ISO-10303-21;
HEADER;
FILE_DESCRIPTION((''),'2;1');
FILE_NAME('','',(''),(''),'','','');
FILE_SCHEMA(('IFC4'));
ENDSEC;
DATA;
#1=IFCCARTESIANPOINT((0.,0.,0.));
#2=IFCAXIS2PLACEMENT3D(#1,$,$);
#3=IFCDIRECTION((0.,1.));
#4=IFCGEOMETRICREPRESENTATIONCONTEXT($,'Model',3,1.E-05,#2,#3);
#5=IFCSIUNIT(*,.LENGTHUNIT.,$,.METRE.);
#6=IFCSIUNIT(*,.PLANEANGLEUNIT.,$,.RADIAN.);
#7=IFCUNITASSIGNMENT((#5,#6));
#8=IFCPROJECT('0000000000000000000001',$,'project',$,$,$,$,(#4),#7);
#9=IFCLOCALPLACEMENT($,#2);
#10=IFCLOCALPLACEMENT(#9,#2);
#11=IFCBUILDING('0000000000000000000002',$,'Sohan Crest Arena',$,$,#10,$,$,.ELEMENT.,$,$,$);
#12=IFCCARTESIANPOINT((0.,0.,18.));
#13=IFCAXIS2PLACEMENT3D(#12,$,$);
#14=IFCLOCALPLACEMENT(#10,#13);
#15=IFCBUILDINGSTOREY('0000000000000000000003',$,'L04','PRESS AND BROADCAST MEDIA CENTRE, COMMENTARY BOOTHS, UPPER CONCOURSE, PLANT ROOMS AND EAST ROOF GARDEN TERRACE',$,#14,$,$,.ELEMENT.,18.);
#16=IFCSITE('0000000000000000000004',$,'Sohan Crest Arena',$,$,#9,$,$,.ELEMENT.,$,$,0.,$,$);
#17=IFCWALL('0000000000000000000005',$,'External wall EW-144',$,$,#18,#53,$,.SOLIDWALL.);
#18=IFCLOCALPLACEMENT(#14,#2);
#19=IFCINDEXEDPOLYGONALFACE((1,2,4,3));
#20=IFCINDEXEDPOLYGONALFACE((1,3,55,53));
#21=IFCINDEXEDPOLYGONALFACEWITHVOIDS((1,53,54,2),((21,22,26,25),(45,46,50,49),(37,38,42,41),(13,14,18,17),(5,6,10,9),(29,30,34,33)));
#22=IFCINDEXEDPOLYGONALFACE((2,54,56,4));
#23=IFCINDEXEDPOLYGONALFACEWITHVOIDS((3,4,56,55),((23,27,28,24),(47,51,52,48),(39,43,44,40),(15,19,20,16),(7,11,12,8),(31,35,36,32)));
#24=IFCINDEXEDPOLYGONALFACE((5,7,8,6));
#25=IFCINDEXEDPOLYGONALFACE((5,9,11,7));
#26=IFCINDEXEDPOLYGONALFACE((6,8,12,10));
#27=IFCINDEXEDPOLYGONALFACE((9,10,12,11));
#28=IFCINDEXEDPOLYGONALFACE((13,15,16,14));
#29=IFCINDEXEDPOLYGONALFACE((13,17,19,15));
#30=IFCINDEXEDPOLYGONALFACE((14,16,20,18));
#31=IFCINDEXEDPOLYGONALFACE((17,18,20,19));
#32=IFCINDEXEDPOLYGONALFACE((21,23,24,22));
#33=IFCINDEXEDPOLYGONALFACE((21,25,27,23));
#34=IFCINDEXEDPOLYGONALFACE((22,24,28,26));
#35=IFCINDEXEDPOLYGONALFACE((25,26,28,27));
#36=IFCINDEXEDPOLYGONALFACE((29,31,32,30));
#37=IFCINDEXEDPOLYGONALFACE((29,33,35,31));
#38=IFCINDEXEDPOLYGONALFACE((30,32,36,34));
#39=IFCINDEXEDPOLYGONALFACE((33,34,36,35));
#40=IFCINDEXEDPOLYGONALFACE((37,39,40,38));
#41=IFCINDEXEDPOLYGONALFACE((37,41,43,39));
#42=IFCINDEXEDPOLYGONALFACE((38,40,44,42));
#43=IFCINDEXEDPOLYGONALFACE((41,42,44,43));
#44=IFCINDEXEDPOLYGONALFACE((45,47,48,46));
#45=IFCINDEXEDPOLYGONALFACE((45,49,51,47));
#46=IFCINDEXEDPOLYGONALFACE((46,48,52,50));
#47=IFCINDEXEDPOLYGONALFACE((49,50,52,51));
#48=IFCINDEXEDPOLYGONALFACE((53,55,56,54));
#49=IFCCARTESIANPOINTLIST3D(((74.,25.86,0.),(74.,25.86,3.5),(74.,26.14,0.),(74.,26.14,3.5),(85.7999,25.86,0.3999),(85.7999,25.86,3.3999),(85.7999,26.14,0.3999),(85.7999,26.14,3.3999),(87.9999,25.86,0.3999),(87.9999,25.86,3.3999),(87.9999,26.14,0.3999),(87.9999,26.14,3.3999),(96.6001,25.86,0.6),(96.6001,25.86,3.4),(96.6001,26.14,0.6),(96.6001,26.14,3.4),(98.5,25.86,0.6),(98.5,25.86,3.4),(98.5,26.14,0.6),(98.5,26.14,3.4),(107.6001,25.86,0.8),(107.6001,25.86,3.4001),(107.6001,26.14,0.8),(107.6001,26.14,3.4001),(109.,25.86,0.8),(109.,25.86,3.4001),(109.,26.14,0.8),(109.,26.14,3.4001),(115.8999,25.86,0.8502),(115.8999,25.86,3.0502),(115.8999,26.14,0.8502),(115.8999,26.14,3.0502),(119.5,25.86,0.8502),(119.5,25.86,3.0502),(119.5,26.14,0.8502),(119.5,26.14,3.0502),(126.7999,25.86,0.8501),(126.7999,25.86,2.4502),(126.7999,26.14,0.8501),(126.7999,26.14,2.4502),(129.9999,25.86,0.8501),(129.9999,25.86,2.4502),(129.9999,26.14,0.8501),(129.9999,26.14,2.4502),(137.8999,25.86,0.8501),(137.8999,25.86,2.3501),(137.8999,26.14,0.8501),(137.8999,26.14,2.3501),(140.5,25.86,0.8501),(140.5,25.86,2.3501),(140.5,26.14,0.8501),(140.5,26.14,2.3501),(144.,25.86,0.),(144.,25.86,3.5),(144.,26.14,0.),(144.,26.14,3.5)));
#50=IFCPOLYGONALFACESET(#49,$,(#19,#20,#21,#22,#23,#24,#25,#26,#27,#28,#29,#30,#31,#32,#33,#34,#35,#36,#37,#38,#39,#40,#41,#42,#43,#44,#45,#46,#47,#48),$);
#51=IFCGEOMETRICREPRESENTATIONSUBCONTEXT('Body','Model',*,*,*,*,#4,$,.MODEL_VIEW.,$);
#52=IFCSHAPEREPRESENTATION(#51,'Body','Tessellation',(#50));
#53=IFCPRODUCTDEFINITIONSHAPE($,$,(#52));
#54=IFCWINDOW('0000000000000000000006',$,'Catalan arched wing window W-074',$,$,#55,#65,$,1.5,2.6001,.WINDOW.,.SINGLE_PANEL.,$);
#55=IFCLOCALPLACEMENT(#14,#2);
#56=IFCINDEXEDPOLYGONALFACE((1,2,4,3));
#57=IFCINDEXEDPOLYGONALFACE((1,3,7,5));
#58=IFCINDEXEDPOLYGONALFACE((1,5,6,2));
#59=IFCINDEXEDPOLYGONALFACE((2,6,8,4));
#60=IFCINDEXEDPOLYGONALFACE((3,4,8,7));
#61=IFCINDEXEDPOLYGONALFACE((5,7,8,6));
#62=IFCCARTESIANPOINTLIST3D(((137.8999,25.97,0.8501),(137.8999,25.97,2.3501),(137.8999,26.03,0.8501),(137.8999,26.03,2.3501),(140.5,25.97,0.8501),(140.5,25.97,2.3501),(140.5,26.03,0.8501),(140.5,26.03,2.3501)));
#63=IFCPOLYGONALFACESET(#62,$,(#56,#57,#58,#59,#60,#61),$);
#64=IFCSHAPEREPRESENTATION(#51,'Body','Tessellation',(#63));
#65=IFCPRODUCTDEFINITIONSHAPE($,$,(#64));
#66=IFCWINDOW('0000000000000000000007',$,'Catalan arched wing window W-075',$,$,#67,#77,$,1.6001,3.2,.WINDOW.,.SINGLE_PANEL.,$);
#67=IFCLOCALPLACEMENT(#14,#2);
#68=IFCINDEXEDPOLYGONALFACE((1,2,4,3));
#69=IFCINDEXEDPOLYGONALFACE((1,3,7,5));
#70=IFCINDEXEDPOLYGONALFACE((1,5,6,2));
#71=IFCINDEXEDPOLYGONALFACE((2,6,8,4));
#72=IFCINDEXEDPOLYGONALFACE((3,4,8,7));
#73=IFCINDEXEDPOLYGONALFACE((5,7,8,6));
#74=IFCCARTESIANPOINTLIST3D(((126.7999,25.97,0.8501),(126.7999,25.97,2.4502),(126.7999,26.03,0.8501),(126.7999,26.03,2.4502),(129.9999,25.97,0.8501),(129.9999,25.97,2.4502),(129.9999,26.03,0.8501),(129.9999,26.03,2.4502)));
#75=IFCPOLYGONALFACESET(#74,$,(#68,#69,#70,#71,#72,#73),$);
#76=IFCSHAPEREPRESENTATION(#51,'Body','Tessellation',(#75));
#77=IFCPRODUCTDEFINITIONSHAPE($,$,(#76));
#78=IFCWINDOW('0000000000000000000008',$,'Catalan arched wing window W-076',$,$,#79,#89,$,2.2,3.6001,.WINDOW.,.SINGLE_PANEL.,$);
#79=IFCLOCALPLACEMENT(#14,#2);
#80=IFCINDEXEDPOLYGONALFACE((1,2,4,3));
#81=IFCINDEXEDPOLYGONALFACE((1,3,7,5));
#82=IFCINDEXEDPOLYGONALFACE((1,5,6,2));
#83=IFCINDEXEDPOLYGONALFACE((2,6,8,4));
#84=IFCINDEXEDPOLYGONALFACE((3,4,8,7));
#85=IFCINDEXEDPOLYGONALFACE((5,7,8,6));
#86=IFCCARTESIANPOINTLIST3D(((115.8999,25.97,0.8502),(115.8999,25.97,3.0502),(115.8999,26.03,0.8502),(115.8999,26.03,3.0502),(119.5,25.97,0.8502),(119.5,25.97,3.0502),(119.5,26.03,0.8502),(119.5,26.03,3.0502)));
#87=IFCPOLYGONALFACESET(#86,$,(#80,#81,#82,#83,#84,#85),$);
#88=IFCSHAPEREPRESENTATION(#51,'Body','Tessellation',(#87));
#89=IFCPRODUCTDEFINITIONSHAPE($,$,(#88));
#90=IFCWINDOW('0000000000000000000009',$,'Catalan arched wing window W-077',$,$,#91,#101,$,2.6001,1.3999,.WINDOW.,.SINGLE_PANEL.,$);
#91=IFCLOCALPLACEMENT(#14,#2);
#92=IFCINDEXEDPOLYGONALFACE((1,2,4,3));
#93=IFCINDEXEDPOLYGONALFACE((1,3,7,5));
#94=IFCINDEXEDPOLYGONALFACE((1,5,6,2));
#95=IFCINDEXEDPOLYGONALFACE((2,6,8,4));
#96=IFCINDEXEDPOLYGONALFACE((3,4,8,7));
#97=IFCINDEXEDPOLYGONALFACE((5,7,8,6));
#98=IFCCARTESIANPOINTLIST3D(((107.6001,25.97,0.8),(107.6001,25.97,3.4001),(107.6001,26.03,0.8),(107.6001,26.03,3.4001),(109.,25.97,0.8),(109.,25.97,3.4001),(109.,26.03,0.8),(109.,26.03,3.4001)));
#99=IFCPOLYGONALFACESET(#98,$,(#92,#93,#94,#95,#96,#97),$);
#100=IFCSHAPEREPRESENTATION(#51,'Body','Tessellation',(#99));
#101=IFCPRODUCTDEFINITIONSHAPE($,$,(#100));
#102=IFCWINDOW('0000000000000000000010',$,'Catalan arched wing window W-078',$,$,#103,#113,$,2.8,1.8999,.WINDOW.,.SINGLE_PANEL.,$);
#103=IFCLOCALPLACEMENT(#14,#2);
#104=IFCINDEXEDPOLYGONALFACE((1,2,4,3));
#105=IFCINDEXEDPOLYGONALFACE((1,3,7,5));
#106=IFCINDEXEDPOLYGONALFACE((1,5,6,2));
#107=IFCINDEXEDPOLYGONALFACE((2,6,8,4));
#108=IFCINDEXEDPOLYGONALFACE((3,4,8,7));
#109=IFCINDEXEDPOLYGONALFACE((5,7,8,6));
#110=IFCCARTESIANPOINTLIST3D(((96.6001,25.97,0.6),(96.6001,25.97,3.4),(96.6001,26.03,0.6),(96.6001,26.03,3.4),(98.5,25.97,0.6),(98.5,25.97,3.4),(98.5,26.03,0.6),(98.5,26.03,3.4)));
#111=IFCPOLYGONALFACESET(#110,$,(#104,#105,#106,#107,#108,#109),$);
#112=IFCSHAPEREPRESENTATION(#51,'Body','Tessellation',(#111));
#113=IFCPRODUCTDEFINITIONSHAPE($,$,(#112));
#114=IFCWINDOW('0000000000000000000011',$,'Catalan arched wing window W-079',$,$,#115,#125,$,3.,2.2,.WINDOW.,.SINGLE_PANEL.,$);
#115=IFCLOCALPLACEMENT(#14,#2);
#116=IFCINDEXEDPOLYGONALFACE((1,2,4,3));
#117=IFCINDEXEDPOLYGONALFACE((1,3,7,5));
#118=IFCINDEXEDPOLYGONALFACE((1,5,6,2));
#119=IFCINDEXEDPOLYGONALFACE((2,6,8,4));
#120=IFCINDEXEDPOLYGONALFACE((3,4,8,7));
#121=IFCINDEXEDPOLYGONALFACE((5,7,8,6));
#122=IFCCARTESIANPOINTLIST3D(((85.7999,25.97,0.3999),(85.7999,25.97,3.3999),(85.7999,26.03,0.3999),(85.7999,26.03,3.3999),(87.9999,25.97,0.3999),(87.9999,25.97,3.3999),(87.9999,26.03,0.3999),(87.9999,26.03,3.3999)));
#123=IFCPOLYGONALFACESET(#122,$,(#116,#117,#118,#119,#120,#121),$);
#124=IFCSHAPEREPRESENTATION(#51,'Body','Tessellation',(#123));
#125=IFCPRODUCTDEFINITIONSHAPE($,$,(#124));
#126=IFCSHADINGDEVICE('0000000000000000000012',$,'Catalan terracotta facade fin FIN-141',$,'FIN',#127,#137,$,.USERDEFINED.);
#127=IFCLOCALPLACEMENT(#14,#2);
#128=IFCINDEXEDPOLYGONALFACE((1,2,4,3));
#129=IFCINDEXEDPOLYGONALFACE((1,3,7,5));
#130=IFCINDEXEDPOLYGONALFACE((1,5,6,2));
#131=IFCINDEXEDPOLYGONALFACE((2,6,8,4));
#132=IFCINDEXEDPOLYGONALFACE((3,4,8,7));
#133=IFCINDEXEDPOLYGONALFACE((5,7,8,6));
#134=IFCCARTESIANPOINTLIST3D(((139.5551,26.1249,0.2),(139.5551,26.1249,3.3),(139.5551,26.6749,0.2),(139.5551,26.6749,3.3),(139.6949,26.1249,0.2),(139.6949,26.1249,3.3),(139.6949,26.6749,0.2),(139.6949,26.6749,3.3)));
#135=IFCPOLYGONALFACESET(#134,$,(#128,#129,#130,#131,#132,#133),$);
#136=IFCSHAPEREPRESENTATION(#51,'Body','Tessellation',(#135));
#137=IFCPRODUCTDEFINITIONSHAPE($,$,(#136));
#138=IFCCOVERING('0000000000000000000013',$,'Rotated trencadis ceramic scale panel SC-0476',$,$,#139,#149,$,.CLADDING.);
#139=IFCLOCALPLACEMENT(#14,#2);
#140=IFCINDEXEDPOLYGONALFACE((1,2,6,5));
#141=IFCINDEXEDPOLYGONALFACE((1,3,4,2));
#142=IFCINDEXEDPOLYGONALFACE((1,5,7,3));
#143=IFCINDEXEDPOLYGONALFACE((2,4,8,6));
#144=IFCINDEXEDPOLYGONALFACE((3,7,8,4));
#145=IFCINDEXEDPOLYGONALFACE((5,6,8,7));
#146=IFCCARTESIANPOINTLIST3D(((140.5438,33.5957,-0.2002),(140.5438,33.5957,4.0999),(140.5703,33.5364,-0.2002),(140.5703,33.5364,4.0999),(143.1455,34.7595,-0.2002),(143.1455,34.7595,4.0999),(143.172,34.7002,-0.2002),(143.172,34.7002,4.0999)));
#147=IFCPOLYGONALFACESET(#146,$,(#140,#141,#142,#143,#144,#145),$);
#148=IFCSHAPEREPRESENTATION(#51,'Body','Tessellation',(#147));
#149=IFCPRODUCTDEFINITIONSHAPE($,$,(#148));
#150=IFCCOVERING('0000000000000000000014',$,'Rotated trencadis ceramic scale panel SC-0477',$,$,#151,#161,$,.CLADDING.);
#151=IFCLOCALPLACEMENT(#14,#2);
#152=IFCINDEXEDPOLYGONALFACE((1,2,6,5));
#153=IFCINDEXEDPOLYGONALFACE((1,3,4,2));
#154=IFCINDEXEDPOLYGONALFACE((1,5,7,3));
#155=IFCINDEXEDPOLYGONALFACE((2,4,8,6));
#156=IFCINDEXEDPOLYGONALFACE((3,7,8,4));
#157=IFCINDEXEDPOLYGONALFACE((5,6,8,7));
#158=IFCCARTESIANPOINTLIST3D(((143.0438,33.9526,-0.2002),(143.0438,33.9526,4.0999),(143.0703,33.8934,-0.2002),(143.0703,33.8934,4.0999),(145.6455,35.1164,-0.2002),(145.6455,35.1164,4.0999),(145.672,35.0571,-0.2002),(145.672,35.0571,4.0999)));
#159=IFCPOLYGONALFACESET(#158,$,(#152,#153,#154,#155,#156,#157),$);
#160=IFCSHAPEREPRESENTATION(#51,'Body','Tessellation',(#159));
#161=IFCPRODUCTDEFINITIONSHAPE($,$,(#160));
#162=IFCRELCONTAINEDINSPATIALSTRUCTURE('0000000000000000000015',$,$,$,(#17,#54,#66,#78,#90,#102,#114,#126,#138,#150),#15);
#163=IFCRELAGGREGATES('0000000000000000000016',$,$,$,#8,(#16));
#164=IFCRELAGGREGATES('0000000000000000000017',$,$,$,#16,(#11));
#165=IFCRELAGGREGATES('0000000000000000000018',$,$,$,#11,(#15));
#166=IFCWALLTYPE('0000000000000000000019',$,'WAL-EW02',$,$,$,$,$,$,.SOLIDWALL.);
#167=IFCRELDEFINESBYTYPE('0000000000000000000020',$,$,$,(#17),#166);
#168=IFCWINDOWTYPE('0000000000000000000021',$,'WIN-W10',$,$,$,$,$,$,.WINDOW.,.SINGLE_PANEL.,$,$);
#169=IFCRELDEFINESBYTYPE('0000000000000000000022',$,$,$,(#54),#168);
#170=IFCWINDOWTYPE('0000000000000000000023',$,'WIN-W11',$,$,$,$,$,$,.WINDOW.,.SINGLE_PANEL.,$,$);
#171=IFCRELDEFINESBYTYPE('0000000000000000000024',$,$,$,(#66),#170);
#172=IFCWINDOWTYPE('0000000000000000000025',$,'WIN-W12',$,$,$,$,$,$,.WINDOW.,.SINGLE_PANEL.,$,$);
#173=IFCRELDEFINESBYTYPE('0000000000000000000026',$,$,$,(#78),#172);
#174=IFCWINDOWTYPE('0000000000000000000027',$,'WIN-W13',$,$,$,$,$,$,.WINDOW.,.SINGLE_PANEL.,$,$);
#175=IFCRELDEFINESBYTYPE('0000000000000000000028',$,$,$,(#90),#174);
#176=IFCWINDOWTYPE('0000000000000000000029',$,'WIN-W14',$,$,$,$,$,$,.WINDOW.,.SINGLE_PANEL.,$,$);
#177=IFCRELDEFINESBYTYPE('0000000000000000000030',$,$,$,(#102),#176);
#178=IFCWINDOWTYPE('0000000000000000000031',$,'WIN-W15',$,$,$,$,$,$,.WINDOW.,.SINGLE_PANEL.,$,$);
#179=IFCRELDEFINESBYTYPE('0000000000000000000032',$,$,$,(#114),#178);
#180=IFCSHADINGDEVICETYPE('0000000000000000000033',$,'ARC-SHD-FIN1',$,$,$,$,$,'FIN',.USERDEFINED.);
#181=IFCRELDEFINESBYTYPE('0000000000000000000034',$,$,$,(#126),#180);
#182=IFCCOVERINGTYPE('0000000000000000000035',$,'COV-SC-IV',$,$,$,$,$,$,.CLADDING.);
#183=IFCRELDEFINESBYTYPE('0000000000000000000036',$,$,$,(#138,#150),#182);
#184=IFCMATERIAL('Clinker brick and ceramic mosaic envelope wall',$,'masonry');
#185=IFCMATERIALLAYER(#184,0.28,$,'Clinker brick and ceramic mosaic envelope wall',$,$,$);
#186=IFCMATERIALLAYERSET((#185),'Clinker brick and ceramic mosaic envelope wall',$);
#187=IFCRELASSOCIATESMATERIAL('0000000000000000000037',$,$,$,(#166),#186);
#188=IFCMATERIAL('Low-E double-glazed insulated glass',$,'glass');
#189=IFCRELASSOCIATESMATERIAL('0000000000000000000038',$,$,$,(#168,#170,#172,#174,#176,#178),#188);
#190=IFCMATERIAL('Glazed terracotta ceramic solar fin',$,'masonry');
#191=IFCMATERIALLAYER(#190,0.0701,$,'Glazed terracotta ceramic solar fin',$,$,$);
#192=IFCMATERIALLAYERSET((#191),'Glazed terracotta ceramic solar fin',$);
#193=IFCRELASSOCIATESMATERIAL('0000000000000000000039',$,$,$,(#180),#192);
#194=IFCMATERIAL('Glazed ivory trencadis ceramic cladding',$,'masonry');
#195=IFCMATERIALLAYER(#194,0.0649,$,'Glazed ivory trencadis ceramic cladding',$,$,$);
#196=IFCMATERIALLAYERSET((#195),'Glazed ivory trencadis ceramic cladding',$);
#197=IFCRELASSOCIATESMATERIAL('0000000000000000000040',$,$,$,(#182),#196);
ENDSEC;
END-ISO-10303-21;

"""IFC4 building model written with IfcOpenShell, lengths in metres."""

from ifc_helpers import new_model, si_unit, direction, frame, frame_2d, origin, origin_2d, place, context, subcontext, project, spatial, rectangle, extrude, material, layer, layer_set, type_object, element, fill, save


model = new_model("IFC4")

# Units and contexts
model_context = context("Model", 3, precision=1e-05, world=origin(), true_north=direction((0.0, 1.0)))
body_context = subcontext(model_context, "Body", "Model", "MODEL_VIEW")
ifc_project = project(units=[si_unit("LENGTHUNIT", "METRE"), si_unit("PLANEANGLEUNIT", "RADIAN")], contexts=[model_context])

# Site, building, storey
site_placement = place(None, origin())
site = spatial("IfcSite", under=ifc_project, at=site_placement, Name="Sohan Crest Arena", CompositionType="ELEMENT", RefElevation=0.0)
building_placement = place(site_placement, origin())
building = spatial("IfcBuilding", under=site, at=building_placement, Name="Sohan Crest Arena", CompositionType="ELEMENT")
storey_placement = place(building_placement, frame((0.0, 0.0, 18.0)))
storey = spatial("IfcBuildingStorey", under=building, at=storey_placement, Name="L04", Description="PRESS AND BROADCAST MEDIA CENTRE, COMMENTARY BOOTHS, UPPER CONCOURSE, PLANT ROOMS AND EAST ROOF GARDEN TERRACE", CompositionType="ELEMENT", Elevation=18.0)

# Shared definitions
ifc_material_1 = material(Name="Low-E double-glazed insulated glass", Category="glass")

# Wall, openings, windows
ifc_material_2 = material(Name="Clinker brick and ceramic mosaic envelope wall", Category="masonry")
ifc_layer_1 = layer(ifc_material_2, 0.28, Name="Clinker brick and ceramic mosaic envelope wall")
ifc_layer_set_1 = layer_set([ifc_layer_1], Name="Clinker brick and ceramic mosaic envelope wall")
wall_type = type_object("IfcWallType", Name="WAL-EW02", PredefinedType="SOLIDWALL", material=ifc_layer_set_1)
wall_placement = place(storey_placement, frame((144.0, 26.0, 0.0), z_axis=(0.0, 0.0, 1.0), x_axis=(-1.0, 0.0, 0.0)))
wall = element("IfcWall", 1, at=wall_placement, inside=storey, type_object=wall_type, Name="External wall EW-144", PredefinedType="SOLIDWALL", context=body_context, shape_type="SweptSolid", body=[
    extrude(rectangle(XDim=70.0, YDim=0.28, at=frame_2d((35.0, 0.0))), origin(), (0.0, 0.0, 1.0), 3.5),
])
opening_1_placement = place(wall_placement, frame((3.5, 0.0, 0.8501)))
opening_1 = element("IfcOpeningElement", 2, at=opening_1_placement, cuts=wall, PredefinedType="OPENING", context=body_context, shape_type="SweptSolid", body=[
    extrude(rectangle(XDim=2.6001, YDim=1.5, at=frame_2d((1.3, 0.75))), frame((0.0, 0.1499, 0.0), z_axis=(0.0, -1.0, 0.0), x_axis=(1.0, 0.0, 0.0)), (0.0, 0.0, 1.0), 0.3),
])
opening_2_placement = place(wall_placement, frame((14.0, 0.0, 0.8501)))
opening_2 = element("IfcOpeningElement", 3, at=opening_2_placement, cuts=wall, PredefinedType="OPENING", context=body_context, shape_type="SweptSolid", body=[
    extrude(rectangle(XDim=3.2, YDim=1.6001, at=frame_2d((1.6001, 0.8))), frame((0.0, 0.1499, 0.0), z_axis=(0.0, -1.0, 0.0), x_axis=(1.0, 0.0, 0.0)), (0.0, 0.0, 1.0), 0.3),
])
opening_3_placement = place(wall_placement, frame((24.5, 0.0, 0.8501)))
opening_3 = element("IfcOpeningElement", 4, at=opening_3_placement, cuts=wall, PredefinedType="OPENING", context=body_context, shape_type="SweptSolid", body=[
    extrude(rectangle(XDim=3.6001, YDim=2.2, at=frame_2d((1.8, 1.1001))), frame((0.0, 0.1499, 0.0), z_axis=(0.0, -1.0, 0.0), x_axis=(1.0, 0.0, 0.0)), (0.0, 0.0, 1.0), 0.3),
])
opening_4_placement = place(wall_placement, frame((35.0, 0.0, 0.8)))
opening_4 = element("IfcOpeningElement", 5, at=opening_4_placement, cuts=wall, PredefinedType="OPENING", context=body_context, shape_type="SweptSolid", body=[
    extrude(rectangle(XDim=1.3999, YDim=2.6001, at=frame_2d((0.7, 1.3))), frame((0.0, 0.1499, 0.0), z_axis=(0.0, -1.0, 0.0), x_axis=(1.0, 0.0, 0.0)), (0.0, 0.0, 1.0), 0.3),
])
opening_5_placement = place(wall_placement, frame((45.5, 0.0, 0.6001)))
opening_5 = element("IfcOpeningElement", 6, at=opening_5_placement, cuts=wall, PredefinedType="OPENING", context=body_context, shape_type="SweptSolid", body=[
    extrude(rectangle(XDim=1.8999, YDim=2.8, at=frame_2d((0.95, 1.3999))), frame((0.0, 0.1499, 0.0), z_axis=(0.0, -1.0, 0.0), x_axis=(1.0, 0.0, 0.0)), (0.0, 0.0, 1.0), 0.3),
])
opening_6_placement = place(wall_placement, frame((56.0, 0.0, 0.3999)))
opening_6 = element("IfcOpeningElement", 7, at=opening_6_placement, cuts=wall, PredefinedType="OPENING", context=body_context, shape_type="SweptSolid", body=[
    extrude(rectangle(XDim=2.2, YDim=3.0, at=frame_2d((1.1001, 1.5))), frame((0.0, 0.1499, 0.0), z_axis=(0.0, -1.0, 0.0), x_axis=(1.0, 0.0, 0.0)), (0.0, 0.0, 1.0), 0.3),
])
window_type_1 = type_object("IfcWindowType", Name="WIN-W10", PartitioningType="SINGLE_PANEL", PredefinedType="WINDOW", material=ifc_material_1)
window_1_placement = place(opening_1_placement, origin())
window_1 = element("IfcWindow", 8, at=window_1_placement, inside=storey, type_object=window_type_1, Name="Catalan arched wing window W-074", OverallHeight=1.5, OverallWidth=2.6001, PartitioningType="SINGLE_PANEL", PredefinedType="WINDOW", context=body_context, shape_type="SweptSolid", body=[
    extrude(rectangle(XDim=2.6001, YDim=1.5, at=frame_2d((1.3, 0.75))), frame((0.0, 0.03, 0.0), z_axis=(0.0, -1.0, 0.0), x_axis=(1.0, 0.0, 0.0)), (0.0, 0.0, 1.0), 0.0601),
])
fill(opening_1, window_1)
window_type_2 = type_object("IfcWindowType", Name="WIN-W11", PartitioningType="SINGLE_PANEL", PredefinedType="WINDOW", material=ifc_material_1)
window_2_placement = place(opening_2_placement, origin())
window_2 = element("IfcWindow", 9, at=window_2_placement, inside=storey, type_object=window_type_2, Name="Catalan arched wing window W-075", OverallHeight=1.6001, OverallWidth=3.2, PartitioningType="SINGLE_PANEL", PredefinedType="WINDOW", context=body_context, shape_type="SweptSolid", body=[
    extrude(rectangle(XDim=3.2, YDim=1.6001, at=frame_2d((1.6001, 0.8))), frame((0.0, 0.03, 0.0), z_axis=(0.0, -1.0, 0.0), x_axis=(1.0, 0.0, 0.0)), (0.0, 0.0, 1.0), 0.0601),
])
fill(opening_2, window_2)
window_type_3 = type_object("IfcWindowType", Name="WIN-W12", PartitioningType="SINGLE_PANEL", PredefinedType="WINDOW", material=ifc_material_1)
window_3_placement = place(opening_3_placement, origin())
window_3 = element("IfcWindow", 10, at=window_3_placement, inside=storey, type_object=window_type_3, Name="Catalan arched wing window W-076", OverallHeight=2.2, OverallWidth=3.6001, PartitioningType="SINGLE_PANEL", PredefinedType="WINDOW", context=body_context, shape_type="SweptSolid", body=[
    extrude(rectangle(XDim=3.6001, YDim=2.2, at=frame_2d((1.8, 1.1001))), frame((0.0, 0.03, 0.0), z_axis=(0.0, -1.0, 0.0), x_axis=(1.0, 0.0, 0.0)), (0.0, 0.0, 1.0), 0.0601),
])
fill(opening_3, window_3)
window_type_4 = type_object("IfcWindowType", Name="WIN-W13", PartitioningType="SINGLE_PANEL", PredefinedType="WINDOW", material=ifc_material_1)
window_4_placement = place(opening_4_placement, origin())
window_4 = element("IfcWindow", 11, at=window_4_placement, inside=storey, type_object=window_type_4, Name="Catalan arched wing window W-077", OverallHeight=2.6001, OverallWidth=1.3999, PartitioningType="SINGLE_PANEL", PredefinedType="WINDOW", context=body_context, shape_type="SweptSolid", body=[
    extrude(rectangle(XDim=1.3999, YDim=2.6001, at=frame_2d((0.7, 1.3))), frame((0.0, 0.03, 0.0), z_axis=(0.0, -1.0, 0.0), x_axis=(1.0, 0.0, 0.0)), (0.0, 0.0, 1.0), 0.0601),
])
fill(opening_4, window_4)
window_type_5 = type_object("IfcWindowType", Name="WIN-W14", PartitioningType="SINGLE_PANEL", PredefinedType="WINDOW", material=ifc_material_1)
window_5_placement = place(opening_5_placement, origin())
window_5 = element("IfcWindow", 12, at=window_5_placement, inside=storey, type_object=window_type_5, Name="Catalan arched wing window W-078", OverallHeight=2.8, OverallWidth=1.8999, PartitioningType="SINGLE_PANEL", PredefinedType="WINDOW", context=body_context, shape_type="SweptSolid", body=[
    extrude(rectangle(XDim=1.8999, YDim=2.8, at=frame_2d((0.95, 1.3999))), frame((0.0, 0.03, 0.0), z_axis=(0.0, -1.0, 0.0), x_axis=(1.0, 0.0, 0.0)), (0.0, 0.0, 1.0), 0.0601),
])
fill(opening_5, window_5)
window_type_6 = type_object("IfcWindowType", Name="WIN-W15", PartitioningType="SINGLE_PANEL", PredefinedType="WINDOW", material=ifc_material_1)
window_6_placement = place(opening_6_placement, origin())
window_6 = element("IfcWindow", 13, at=window_6_placement, inside=storey, type_object=window_type_6, Name="Catalan arched wing window W-079", OverallHeight=3.0, OverallWidth=2.2, PartitioningType="SINGLE_PANEL", PredefinedType="WINDOW", context=body_context, shape_type="SweptSolid", body=[
    extrude(rectangle(XDim=2.2, YDim=3.0, at=frame_2d((1.1001, 1.5))), frame((0.0, 0.03, 0.0), z_axis=(0.0, -1.0, 0.0), x_axis=(1.0, 0.0, 0.0)), (0.0, 0.0, 1.0), 0.0601),
])
fill(opening_6, window_6)

# Shading device
ifc_material_3 = material(Name="Glazed terracotta ceramic solar fin", Category="masonry")
ifc_layer_2 = layer(ifc_material_3, 0.0701, Name="Glazed terracotta ceramic solar fin")
ifc_layer_set_2 = layer_set([ifc_layer_2], Name="Glazed terracotta ceramic solar fin")
shading_device_type = type_object("IfcShadingDeviceType", Name="ARC-SHD-FIN1", ElementType="FIN", PredefinedType="USERDEFINED", material=ifc_layer_set_2)
shading_device_placement = place(storey_placement, frame((139.625, 26.3999, 0.2), z_axis=(0.0, 0.0, 1.0), x_axis=(-1.0, 0.0, 0.0)))
element("IfcShadingDevice", 14, at=shading_device_placement, inside=storey, type_object=shading_device_type, Name="Catalan terracotta facade fin FIN-141", ObjectType="FIN", PredefinedType="USERDEFINED", context=body_context, shape_type="SweptSolid", body=[
    extrude(rectangle(XDim=0.1399, YDim=0.55, at=origin_2d()), origin(), (0.0, 0.0, 1.0), 3.1001),
])

# Coverings
ifc_material_4 = material(Name="Glazed ivory trencadis ceramic cladding", Category="masonry")
ifc_layer_3 = layer(ifc_material_4, 0.0649, Name="Glazed ivory trencadis ceramic cladding")
ifc_layer_set_3 = layer_set([ifc_layer_3], Name="Glazed ivory trencadis ceramic cladding")
covering_type = type_object("IfcCoveringType", Name="COV-SC-IV", PredefinedType="CLADDING", material=ifc_layer_set_3)
for number, where, z_axis, x_axis, name in (
    (15, (141.8579, 34.1479, -0.2002), (0.0, 0.0, 1.0), (0.912834, 0.40833, 0.0), "Rotated trencadis ceramic scale panel SC-0476"),
    (16, (144.3579, 34.5049, -0.2002), (0.0, 0.0, 1.0), (0.912834, 0.40833, 0.0), "Rotated trencadis ceramic scale panel SC-0477"),
):
    element("IfcCovering", number, at=place(storey_placement, frame(where, z_axis=z_axis, x_axis=x_axis)), inside=storey, type_object=covering_type, Name=name, PredefinedType="CLADDING", context=body_context, shape_type="SweptSolid", body=[
        extrude(rectangle(XDim=2.8501, YDim=0.0649, at=origin_2d()), origin(), (0.0, 0.0, 1.0), 4.3),
    ])

save(model, "model.ifc")
